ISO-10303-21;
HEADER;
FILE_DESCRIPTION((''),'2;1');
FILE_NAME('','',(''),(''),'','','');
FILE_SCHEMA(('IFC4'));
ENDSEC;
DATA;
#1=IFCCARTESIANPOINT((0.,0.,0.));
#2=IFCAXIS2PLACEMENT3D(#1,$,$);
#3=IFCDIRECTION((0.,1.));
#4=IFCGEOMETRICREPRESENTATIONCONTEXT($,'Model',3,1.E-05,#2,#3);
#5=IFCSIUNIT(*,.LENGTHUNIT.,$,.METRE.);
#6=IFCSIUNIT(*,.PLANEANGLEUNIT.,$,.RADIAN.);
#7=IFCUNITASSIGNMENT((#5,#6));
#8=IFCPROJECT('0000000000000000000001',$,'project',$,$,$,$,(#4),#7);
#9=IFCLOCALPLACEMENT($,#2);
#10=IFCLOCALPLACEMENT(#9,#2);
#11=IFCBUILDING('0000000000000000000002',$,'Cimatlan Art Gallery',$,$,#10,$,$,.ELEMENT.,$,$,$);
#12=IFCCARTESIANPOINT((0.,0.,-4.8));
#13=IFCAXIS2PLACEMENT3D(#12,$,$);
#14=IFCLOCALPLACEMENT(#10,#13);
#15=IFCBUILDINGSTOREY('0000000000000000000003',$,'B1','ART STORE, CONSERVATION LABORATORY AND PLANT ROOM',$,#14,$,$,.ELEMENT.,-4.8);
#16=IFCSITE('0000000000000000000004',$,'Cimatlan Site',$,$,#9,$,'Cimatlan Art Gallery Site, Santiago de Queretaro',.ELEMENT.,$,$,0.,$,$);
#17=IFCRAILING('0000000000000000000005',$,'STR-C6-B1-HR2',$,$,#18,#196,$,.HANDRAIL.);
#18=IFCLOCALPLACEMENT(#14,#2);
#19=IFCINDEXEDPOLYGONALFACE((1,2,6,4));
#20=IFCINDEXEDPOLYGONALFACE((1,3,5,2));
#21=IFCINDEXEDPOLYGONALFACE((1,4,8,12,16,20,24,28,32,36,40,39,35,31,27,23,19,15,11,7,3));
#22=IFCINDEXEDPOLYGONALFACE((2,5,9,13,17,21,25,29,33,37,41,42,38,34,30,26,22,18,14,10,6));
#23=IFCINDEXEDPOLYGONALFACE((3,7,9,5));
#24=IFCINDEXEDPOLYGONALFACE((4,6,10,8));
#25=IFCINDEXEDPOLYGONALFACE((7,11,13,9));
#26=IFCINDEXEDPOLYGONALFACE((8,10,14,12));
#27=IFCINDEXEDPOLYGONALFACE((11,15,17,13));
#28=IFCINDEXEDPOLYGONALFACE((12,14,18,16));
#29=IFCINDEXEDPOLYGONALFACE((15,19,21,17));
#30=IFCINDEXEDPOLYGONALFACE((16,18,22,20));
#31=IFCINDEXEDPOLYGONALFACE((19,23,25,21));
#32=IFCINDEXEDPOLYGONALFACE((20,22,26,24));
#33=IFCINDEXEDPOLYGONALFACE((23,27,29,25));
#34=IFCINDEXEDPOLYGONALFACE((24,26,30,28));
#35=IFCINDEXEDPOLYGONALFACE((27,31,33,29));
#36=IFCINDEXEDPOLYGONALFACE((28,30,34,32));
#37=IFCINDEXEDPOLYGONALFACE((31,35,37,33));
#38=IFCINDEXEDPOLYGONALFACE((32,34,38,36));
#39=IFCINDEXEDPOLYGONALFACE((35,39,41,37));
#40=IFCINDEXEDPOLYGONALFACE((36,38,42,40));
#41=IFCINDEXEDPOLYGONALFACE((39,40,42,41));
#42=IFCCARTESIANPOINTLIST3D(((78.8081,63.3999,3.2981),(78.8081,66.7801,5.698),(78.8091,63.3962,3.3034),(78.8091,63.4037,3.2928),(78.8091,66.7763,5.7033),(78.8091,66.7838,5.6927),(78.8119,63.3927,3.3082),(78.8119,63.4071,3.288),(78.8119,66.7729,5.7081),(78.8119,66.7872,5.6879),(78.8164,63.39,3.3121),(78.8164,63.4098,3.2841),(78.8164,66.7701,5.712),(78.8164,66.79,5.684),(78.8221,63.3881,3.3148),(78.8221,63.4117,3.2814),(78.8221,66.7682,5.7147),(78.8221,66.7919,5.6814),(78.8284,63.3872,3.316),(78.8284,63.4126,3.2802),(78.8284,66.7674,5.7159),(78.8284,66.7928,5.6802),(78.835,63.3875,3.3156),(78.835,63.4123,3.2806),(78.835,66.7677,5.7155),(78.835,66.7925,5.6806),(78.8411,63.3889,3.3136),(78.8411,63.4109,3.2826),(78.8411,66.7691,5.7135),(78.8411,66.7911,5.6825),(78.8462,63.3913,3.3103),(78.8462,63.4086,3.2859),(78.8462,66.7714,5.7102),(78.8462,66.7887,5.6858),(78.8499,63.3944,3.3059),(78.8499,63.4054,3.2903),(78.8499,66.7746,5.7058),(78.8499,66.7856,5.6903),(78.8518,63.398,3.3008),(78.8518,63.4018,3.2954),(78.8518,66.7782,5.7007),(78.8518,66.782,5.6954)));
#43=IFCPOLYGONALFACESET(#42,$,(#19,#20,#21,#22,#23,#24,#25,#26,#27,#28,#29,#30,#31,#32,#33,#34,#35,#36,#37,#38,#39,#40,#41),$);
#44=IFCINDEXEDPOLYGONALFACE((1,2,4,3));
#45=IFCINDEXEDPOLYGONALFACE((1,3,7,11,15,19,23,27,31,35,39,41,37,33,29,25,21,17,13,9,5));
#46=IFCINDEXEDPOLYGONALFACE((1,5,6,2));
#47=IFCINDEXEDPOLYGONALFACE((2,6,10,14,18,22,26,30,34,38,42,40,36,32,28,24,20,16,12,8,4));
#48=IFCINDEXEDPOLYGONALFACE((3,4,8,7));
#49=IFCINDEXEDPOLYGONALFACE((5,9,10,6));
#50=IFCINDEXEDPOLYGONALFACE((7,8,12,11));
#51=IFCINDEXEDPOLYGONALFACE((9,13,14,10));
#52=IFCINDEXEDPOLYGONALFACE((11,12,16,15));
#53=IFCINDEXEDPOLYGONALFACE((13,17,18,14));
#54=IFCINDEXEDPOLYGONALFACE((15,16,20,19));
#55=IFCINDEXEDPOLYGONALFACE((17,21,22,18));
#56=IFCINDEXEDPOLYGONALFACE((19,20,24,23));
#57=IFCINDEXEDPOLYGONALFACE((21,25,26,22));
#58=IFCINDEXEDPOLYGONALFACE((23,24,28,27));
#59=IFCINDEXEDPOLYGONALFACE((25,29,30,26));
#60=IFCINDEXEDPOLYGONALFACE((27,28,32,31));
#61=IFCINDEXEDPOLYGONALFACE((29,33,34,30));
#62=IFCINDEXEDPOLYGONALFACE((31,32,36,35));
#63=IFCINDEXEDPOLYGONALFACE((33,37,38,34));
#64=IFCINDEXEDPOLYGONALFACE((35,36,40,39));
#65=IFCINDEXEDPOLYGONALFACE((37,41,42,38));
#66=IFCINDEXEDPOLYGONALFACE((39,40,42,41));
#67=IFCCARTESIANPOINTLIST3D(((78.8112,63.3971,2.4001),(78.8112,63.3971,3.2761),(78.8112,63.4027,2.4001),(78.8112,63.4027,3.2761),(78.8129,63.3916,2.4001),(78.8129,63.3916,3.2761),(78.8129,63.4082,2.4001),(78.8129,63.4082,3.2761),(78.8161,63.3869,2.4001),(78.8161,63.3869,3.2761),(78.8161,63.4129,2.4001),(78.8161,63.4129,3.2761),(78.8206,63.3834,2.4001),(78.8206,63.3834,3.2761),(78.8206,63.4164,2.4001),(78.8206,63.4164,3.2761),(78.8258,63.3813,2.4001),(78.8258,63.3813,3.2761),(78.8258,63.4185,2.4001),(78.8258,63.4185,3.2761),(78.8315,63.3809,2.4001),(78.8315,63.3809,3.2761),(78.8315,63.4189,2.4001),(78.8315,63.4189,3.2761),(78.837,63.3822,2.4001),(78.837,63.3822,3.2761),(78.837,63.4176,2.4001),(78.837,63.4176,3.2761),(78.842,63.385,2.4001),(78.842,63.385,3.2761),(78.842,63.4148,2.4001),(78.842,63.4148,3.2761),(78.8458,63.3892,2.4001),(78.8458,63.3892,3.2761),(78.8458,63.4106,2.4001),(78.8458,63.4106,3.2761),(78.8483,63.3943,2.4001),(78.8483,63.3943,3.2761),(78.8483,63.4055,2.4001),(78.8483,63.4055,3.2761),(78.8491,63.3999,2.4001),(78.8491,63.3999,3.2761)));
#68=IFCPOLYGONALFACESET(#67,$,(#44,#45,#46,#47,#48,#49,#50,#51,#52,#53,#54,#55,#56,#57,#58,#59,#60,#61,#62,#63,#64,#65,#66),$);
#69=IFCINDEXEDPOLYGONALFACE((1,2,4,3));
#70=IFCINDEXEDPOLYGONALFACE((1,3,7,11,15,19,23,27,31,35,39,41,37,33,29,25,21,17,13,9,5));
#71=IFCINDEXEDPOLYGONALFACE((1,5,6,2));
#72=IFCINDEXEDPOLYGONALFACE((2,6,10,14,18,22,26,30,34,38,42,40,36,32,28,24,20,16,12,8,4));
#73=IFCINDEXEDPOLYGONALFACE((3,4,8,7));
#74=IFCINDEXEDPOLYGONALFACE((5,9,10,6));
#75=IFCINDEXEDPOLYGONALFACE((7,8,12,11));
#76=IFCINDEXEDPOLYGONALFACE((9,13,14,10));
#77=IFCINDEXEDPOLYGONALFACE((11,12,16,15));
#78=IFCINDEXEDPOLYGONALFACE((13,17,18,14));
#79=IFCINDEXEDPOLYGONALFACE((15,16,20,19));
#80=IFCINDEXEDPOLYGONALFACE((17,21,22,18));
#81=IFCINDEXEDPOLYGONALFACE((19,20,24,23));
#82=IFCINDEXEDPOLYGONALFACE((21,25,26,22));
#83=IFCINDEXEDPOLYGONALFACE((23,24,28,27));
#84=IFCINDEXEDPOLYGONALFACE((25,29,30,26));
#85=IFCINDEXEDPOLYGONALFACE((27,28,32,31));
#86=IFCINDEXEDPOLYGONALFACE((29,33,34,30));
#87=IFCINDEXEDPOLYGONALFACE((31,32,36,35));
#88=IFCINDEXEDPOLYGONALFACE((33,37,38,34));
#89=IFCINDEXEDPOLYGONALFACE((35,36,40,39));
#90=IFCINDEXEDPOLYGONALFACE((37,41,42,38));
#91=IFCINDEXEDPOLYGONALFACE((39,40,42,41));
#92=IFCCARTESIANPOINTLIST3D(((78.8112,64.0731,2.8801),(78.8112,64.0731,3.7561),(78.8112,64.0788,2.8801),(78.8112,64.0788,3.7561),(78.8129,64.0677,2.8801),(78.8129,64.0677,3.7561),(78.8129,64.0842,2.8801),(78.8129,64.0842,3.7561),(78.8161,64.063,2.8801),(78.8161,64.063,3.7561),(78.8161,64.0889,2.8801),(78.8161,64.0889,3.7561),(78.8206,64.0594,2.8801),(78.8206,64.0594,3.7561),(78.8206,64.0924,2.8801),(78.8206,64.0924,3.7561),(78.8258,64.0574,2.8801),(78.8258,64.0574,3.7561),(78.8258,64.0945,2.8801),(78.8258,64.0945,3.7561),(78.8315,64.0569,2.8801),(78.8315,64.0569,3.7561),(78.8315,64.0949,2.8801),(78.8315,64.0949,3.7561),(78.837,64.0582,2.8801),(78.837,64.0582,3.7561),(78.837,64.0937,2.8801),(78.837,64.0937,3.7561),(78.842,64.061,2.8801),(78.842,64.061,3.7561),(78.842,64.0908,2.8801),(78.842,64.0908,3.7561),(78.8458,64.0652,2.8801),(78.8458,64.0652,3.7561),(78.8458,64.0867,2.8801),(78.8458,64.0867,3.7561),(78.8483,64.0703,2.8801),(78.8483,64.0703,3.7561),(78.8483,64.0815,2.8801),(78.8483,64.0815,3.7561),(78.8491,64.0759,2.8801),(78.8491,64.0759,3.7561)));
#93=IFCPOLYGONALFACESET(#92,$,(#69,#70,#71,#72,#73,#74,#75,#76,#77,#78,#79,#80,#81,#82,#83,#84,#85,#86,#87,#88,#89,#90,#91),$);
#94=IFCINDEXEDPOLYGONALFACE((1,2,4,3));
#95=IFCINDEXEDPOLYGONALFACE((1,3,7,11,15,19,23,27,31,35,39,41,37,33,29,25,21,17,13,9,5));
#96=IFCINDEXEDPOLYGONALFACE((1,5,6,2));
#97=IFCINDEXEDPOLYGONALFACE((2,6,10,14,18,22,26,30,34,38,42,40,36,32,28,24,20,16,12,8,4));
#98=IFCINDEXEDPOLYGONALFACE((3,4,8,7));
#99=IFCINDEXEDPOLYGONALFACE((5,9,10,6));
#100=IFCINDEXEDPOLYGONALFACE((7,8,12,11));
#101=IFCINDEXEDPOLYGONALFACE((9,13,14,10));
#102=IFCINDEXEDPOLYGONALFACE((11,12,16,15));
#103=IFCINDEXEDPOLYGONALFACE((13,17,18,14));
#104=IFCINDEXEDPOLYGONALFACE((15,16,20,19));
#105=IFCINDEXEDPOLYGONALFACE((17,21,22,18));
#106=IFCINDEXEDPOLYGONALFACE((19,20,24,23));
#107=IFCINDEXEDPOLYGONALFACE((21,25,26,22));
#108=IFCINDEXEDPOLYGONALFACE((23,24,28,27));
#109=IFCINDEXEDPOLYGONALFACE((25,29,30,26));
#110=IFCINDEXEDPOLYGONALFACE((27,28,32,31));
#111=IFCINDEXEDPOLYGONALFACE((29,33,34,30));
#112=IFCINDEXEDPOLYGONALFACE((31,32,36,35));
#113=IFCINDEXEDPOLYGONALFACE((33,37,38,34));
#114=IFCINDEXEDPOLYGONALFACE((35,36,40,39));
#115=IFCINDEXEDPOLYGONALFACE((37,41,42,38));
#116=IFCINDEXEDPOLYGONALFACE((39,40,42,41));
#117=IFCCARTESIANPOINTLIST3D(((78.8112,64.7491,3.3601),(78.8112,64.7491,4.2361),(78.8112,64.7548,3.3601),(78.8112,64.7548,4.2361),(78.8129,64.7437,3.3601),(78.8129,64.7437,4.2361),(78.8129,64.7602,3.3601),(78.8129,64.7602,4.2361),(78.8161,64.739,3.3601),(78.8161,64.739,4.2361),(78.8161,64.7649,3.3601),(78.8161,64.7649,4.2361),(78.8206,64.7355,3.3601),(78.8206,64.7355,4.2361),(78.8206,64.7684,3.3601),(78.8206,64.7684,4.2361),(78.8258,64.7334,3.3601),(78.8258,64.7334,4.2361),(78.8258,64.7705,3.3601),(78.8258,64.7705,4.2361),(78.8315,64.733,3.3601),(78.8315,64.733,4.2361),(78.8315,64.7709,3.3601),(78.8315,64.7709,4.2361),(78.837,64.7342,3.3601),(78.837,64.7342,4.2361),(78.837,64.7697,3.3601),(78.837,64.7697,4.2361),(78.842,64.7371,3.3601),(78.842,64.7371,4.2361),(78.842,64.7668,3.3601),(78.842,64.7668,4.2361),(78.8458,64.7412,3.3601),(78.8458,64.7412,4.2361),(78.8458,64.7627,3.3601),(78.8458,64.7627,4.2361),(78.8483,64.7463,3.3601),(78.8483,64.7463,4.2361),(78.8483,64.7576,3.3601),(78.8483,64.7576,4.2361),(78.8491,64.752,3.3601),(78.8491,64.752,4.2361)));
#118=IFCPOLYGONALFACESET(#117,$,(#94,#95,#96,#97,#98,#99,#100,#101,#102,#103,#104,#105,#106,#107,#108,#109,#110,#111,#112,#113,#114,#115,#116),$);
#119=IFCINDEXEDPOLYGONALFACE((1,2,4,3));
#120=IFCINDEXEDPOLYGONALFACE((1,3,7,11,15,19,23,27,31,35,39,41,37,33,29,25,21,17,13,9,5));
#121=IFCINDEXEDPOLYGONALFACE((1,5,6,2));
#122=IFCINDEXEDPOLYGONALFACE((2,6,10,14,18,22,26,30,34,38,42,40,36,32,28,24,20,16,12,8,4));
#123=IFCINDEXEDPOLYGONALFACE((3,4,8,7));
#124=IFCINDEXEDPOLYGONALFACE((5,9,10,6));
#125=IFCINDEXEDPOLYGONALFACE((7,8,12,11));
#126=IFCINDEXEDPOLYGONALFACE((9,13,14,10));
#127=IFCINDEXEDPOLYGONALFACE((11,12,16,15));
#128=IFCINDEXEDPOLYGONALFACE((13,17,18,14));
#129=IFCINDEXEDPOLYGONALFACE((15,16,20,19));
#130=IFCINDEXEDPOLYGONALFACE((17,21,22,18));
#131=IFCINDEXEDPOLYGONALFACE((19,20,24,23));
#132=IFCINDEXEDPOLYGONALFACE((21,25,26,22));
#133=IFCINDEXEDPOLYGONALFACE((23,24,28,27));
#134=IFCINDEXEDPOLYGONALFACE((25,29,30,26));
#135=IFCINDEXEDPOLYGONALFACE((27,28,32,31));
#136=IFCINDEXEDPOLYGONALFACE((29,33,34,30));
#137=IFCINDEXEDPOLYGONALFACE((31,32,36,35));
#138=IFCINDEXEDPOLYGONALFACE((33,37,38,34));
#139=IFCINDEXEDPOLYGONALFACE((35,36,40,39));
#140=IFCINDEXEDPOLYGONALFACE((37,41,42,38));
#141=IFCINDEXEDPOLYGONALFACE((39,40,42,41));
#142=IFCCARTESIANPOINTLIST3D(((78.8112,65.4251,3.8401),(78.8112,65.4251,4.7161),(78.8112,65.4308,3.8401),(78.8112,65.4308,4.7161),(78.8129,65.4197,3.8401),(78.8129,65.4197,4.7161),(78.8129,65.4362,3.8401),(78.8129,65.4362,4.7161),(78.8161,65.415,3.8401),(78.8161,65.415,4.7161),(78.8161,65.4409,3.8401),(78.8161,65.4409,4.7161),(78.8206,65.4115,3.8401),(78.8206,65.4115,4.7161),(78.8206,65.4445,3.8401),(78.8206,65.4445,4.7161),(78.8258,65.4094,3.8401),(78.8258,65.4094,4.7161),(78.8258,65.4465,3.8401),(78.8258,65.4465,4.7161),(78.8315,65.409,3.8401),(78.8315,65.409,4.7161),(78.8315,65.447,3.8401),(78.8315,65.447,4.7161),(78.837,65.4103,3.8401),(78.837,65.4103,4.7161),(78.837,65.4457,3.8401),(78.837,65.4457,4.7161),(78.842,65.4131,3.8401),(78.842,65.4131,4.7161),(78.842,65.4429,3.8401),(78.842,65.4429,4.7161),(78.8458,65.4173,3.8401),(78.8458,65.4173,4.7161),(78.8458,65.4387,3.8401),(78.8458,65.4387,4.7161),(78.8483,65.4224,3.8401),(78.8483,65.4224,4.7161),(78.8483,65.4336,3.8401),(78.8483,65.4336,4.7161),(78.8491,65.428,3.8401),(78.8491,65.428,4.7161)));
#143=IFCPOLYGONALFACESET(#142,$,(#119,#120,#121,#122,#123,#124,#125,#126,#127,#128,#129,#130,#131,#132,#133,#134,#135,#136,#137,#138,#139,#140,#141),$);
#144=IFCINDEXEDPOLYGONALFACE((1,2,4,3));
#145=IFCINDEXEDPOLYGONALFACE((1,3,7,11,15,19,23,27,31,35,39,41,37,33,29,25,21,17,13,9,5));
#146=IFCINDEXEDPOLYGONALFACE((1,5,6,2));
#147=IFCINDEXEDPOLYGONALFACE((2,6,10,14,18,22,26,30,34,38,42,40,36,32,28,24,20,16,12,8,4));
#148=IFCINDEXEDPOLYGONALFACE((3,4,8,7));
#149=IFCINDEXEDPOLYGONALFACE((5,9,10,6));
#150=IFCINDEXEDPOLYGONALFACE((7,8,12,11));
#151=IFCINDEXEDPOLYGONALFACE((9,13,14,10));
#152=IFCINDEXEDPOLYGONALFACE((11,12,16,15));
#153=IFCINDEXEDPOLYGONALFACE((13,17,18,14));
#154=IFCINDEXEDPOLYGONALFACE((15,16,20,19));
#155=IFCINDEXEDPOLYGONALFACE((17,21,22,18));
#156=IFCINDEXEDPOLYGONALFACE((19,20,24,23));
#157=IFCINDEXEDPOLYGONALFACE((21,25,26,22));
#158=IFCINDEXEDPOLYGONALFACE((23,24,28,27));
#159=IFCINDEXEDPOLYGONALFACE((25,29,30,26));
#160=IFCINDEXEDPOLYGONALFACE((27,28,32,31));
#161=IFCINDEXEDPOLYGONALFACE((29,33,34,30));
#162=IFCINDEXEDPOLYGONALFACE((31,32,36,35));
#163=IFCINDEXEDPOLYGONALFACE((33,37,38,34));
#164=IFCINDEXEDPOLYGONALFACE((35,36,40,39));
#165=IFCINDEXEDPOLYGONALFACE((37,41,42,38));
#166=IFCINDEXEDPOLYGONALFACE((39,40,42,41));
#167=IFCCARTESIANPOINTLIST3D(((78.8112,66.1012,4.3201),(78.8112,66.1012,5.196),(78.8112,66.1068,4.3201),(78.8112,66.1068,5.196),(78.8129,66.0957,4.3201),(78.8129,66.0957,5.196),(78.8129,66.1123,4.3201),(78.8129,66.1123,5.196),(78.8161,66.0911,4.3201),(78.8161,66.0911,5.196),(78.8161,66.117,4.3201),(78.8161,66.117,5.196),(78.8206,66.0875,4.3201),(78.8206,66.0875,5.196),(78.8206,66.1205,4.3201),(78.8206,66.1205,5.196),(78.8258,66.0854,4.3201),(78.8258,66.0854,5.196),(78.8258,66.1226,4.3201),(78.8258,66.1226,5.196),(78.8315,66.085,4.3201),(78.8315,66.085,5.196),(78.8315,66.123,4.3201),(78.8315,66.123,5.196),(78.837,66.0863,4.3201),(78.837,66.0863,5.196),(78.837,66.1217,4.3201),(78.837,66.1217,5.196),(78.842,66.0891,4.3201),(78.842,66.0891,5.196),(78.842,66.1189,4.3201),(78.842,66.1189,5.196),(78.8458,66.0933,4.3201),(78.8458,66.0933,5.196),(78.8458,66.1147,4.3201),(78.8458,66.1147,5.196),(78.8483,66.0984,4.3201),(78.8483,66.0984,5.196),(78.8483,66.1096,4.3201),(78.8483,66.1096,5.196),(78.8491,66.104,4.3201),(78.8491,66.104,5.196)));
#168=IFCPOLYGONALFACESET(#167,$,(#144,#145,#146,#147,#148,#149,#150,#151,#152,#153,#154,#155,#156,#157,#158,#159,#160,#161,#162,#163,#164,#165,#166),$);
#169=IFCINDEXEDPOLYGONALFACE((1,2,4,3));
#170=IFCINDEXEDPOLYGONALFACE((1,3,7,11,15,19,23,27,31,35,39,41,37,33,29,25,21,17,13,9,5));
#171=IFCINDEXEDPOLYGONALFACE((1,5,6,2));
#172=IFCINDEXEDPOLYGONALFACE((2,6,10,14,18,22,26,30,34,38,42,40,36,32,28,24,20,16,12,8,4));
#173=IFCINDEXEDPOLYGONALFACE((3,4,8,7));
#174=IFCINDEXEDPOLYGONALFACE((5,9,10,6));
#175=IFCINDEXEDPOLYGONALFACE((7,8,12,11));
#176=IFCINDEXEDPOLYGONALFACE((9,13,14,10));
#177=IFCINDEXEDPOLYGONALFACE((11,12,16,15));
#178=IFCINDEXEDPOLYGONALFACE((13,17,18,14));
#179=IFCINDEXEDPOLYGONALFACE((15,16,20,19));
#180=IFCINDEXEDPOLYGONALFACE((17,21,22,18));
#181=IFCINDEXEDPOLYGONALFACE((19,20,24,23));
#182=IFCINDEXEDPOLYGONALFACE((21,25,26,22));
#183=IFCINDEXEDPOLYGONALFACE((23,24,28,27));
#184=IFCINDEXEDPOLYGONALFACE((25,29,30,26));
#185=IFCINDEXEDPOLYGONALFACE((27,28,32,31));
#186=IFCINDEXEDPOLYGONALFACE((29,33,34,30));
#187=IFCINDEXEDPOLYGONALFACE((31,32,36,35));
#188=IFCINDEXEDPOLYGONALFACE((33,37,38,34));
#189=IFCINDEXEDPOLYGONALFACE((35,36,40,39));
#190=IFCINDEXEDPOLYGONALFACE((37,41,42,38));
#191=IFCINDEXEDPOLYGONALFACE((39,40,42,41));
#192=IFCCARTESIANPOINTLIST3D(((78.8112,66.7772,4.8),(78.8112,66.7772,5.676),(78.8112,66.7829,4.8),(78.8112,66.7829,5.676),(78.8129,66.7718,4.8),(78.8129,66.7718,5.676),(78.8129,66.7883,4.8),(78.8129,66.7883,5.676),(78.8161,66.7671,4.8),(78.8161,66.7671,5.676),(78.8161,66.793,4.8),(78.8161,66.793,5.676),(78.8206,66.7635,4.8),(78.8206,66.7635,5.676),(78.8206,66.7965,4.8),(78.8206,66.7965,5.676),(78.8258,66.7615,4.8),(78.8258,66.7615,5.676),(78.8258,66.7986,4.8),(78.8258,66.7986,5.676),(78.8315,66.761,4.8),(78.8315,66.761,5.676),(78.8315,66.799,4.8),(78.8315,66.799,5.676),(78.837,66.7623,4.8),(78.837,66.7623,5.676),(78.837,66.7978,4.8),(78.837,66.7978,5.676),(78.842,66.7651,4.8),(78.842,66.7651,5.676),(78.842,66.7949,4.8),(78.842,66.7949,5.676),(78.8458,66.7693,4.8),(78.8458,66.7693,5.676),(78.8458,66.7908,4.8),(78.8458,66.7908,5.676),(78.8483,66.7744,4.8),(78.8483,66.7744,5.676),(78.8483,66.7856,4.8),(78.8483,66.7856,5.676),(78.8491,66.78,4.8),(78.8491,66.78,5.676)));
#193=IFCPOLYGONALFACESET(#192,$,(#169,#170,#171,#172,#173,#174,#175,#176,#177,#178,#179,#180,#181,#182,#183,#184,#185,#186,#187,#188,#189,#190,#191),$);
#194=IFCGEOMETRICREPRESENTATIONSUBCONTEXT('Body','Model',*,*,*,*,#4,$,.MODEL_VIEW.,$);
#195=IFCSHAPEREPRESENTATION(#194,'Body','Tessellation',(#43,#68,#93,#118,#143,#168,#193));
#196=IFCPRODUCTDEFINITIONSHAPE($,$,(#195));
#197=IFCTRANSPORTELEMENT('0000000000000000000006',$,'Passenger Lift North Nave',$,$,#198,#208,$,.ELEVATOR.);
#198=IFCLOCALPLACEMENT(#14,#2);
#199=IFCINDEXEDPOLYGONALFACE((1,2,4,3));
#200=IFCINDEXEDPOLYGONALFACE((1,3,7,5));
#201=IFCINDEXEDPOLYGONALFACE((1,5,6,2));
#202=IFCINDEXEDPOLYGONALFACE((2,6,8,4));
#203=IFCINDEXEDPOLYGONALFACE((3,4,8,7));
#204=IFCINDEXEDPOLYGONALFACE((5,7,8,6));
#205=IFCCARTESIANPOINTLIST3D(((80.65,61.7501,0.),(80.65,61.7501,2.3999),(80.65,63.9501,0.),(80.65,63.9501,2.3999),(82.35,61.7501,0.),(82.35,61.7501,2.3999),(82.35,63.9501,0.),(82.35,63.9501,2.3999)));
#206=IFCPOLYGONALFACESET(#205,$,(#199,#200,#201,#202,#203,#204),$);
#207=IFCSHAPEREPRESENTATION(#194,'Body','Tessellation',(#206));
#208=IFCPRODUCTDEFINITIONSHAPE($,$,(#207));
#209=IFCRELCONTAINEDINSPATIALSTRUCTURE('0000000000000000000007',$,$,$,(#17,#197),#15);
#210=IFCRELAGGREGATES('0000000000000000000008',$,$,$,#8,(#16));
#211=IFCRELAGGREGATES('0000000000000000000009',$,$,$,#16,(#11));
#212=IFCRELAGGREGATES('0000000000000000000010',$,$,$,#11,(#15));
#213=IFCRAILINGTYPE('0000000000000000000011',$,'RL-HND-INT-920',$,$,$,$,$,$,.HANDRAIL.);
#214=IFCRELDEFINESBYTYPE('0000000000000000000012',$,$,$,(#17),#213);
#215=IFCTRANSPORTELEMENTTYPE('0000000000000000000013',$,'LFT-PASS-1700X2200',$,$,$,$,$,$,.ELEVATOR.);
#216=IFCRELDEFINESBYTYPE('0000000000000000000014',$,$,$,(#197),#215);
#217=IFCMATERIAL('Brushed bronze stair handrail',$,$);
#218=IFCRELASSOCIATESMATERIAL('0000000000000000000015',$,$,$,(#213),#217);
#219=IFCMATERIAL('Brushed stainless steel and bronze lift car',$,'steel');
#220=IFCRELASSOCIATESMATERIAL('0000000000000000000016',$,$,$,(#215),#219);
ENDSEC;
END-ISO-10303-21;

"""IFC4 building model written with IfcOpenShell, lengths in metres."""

from ifc_helpers import new_model, si_unit, direction, frame, origin, origin_2d, place, context, subcontext, project, spatial, rectangle, circle, extrude, material, type_object, element, save


model = new_model("IFC4")

# Units and contexts
model_context = context("Model", 3, precision=1e-05, world=origin(), true_north=direction((0.0, 1.0)))
body_context = subcontext(model_context, "Body", "Model", "MODEL_VIEW")
ifc_project = project(units=[si_unit("LENGTHUNIT", "METRE"), si_unit("PLANEANGLEUNIT", "RADIAN")], contexts=[model_context])

# Site, building, storey
site_placement = place(None, origin())
site = spatial("IfcSite", under=ifc_project, at=site_placement, Name="Cimatlan Site", LongName="Cimatlan Art Gallery Site, Santiago de Queretaro", CompositionType="ELEMENT", RefElevation=0.0)
building_placement = place(site_placement, origin())
building = spatial("IfcBuilding", under=site, at=building_placement, Name="Cimatlan Art Gallery", CompositionType="ELEMENT")
storey_placement = place(building_placement, frame((0.0, 0.0, -4.8)))
storey = spatial("IfcBuildingStorey", under=building, at=storey_placement, Name="B1", Description="ART STORE, CONSERVATION LABORATORY AND PLANT ROOM", CompositionType="ELEMENT", Elevation=-4.8)

# Railing
ifc_material_1 = material(Name="Brushed bronze stair handrail")
railing_type_1 = type_object("IfcRailingType", Name="RL-HND-INT-920", PredefinedType="HANDRAIL", material=ifc_material_1)
railing_1_placement = place(storey_placement, frame((78.8301, 63.3999, 2.4001)))
element("IfcRailing", 1, at=railing_1_placement, inside=storey, type_object=railing_type_1, Name="STR-C6-B1-HR2", PredefinedType="HANDRAIL", context=body_context, shape_type="SweptSolid", body=[
    extrude(circle(Radius=0.022, at=origin_2d()), frame((0.0, 0.0, 0.8979), z_axis=(0.0, 0.815382, 0.578924), x_axis=(-1.0, 0.0, 0.0)), (0.0, 0.0, 1.0), 4.1455),
    extrude(circle(Radius=0.019, at=origin_2d()), origin(), (0.0, 0.0, 1.0), 0.876),
    extrude(circle(Radius=0.019, at=origin_2d()), frame((0.0, 0.676, 0.48)), (0.0, 0.0, 1.0), 0.876),
    extrude(circle(Radius=0.019, at=origin_2d()), frame((0.0, 1.3521, 0.96)), (0.0, 0.0, 1.0), 0.876),
    extrude(circle(Radius=0.019, at=origin_2d()), frame((0.0, 2.0281, 1.4399)), (0.0, 0.0, 1.0), 0.876),
    extrude(circle(Radius=0.019, at=origin_2d()), frame((0.0, 2.7041, 1.9199)), (0.0, 0.0, 1.0), 0.876),
    extrude(circle(Radius=0.019, at=origin_2d()), frame((0.0, 3.3801, 2.3999)), (0.0, 0.0, 1.0), 0.876),
])

# Transport element
ifc_material_2 = material(Name="Brushed stainless steel and bronze lift car", Category="steel")
transport_element_type = type_object("IfcTransportElementType", Name="LFT-PASS-1700X2200", PredefinedType="ELEVATOR", material=ifc_material_2)
transport_element_placement = place(storey_placement, frame((81.5, 62.8501, 0.0), z_axis=(0.0, 0.0, 1.0), x_axis=(1.0, 0.0, 0.0)))
element("IfcTransportElement", 2, at=transport_element_placement, inside=storey, type_object=transport_element_type, Name="Passenger Lift North Nave", PredefinedType="ELEVATOR", context=body_context, shape_type="SweptSolid", body=[
    extrude(rectangle(XDim=1.7, YDim=2.2, at=origin_2d()), origin(), (0.0, 0.0, 1.0), 2.3999),
])

save(model, "model.ifc")
